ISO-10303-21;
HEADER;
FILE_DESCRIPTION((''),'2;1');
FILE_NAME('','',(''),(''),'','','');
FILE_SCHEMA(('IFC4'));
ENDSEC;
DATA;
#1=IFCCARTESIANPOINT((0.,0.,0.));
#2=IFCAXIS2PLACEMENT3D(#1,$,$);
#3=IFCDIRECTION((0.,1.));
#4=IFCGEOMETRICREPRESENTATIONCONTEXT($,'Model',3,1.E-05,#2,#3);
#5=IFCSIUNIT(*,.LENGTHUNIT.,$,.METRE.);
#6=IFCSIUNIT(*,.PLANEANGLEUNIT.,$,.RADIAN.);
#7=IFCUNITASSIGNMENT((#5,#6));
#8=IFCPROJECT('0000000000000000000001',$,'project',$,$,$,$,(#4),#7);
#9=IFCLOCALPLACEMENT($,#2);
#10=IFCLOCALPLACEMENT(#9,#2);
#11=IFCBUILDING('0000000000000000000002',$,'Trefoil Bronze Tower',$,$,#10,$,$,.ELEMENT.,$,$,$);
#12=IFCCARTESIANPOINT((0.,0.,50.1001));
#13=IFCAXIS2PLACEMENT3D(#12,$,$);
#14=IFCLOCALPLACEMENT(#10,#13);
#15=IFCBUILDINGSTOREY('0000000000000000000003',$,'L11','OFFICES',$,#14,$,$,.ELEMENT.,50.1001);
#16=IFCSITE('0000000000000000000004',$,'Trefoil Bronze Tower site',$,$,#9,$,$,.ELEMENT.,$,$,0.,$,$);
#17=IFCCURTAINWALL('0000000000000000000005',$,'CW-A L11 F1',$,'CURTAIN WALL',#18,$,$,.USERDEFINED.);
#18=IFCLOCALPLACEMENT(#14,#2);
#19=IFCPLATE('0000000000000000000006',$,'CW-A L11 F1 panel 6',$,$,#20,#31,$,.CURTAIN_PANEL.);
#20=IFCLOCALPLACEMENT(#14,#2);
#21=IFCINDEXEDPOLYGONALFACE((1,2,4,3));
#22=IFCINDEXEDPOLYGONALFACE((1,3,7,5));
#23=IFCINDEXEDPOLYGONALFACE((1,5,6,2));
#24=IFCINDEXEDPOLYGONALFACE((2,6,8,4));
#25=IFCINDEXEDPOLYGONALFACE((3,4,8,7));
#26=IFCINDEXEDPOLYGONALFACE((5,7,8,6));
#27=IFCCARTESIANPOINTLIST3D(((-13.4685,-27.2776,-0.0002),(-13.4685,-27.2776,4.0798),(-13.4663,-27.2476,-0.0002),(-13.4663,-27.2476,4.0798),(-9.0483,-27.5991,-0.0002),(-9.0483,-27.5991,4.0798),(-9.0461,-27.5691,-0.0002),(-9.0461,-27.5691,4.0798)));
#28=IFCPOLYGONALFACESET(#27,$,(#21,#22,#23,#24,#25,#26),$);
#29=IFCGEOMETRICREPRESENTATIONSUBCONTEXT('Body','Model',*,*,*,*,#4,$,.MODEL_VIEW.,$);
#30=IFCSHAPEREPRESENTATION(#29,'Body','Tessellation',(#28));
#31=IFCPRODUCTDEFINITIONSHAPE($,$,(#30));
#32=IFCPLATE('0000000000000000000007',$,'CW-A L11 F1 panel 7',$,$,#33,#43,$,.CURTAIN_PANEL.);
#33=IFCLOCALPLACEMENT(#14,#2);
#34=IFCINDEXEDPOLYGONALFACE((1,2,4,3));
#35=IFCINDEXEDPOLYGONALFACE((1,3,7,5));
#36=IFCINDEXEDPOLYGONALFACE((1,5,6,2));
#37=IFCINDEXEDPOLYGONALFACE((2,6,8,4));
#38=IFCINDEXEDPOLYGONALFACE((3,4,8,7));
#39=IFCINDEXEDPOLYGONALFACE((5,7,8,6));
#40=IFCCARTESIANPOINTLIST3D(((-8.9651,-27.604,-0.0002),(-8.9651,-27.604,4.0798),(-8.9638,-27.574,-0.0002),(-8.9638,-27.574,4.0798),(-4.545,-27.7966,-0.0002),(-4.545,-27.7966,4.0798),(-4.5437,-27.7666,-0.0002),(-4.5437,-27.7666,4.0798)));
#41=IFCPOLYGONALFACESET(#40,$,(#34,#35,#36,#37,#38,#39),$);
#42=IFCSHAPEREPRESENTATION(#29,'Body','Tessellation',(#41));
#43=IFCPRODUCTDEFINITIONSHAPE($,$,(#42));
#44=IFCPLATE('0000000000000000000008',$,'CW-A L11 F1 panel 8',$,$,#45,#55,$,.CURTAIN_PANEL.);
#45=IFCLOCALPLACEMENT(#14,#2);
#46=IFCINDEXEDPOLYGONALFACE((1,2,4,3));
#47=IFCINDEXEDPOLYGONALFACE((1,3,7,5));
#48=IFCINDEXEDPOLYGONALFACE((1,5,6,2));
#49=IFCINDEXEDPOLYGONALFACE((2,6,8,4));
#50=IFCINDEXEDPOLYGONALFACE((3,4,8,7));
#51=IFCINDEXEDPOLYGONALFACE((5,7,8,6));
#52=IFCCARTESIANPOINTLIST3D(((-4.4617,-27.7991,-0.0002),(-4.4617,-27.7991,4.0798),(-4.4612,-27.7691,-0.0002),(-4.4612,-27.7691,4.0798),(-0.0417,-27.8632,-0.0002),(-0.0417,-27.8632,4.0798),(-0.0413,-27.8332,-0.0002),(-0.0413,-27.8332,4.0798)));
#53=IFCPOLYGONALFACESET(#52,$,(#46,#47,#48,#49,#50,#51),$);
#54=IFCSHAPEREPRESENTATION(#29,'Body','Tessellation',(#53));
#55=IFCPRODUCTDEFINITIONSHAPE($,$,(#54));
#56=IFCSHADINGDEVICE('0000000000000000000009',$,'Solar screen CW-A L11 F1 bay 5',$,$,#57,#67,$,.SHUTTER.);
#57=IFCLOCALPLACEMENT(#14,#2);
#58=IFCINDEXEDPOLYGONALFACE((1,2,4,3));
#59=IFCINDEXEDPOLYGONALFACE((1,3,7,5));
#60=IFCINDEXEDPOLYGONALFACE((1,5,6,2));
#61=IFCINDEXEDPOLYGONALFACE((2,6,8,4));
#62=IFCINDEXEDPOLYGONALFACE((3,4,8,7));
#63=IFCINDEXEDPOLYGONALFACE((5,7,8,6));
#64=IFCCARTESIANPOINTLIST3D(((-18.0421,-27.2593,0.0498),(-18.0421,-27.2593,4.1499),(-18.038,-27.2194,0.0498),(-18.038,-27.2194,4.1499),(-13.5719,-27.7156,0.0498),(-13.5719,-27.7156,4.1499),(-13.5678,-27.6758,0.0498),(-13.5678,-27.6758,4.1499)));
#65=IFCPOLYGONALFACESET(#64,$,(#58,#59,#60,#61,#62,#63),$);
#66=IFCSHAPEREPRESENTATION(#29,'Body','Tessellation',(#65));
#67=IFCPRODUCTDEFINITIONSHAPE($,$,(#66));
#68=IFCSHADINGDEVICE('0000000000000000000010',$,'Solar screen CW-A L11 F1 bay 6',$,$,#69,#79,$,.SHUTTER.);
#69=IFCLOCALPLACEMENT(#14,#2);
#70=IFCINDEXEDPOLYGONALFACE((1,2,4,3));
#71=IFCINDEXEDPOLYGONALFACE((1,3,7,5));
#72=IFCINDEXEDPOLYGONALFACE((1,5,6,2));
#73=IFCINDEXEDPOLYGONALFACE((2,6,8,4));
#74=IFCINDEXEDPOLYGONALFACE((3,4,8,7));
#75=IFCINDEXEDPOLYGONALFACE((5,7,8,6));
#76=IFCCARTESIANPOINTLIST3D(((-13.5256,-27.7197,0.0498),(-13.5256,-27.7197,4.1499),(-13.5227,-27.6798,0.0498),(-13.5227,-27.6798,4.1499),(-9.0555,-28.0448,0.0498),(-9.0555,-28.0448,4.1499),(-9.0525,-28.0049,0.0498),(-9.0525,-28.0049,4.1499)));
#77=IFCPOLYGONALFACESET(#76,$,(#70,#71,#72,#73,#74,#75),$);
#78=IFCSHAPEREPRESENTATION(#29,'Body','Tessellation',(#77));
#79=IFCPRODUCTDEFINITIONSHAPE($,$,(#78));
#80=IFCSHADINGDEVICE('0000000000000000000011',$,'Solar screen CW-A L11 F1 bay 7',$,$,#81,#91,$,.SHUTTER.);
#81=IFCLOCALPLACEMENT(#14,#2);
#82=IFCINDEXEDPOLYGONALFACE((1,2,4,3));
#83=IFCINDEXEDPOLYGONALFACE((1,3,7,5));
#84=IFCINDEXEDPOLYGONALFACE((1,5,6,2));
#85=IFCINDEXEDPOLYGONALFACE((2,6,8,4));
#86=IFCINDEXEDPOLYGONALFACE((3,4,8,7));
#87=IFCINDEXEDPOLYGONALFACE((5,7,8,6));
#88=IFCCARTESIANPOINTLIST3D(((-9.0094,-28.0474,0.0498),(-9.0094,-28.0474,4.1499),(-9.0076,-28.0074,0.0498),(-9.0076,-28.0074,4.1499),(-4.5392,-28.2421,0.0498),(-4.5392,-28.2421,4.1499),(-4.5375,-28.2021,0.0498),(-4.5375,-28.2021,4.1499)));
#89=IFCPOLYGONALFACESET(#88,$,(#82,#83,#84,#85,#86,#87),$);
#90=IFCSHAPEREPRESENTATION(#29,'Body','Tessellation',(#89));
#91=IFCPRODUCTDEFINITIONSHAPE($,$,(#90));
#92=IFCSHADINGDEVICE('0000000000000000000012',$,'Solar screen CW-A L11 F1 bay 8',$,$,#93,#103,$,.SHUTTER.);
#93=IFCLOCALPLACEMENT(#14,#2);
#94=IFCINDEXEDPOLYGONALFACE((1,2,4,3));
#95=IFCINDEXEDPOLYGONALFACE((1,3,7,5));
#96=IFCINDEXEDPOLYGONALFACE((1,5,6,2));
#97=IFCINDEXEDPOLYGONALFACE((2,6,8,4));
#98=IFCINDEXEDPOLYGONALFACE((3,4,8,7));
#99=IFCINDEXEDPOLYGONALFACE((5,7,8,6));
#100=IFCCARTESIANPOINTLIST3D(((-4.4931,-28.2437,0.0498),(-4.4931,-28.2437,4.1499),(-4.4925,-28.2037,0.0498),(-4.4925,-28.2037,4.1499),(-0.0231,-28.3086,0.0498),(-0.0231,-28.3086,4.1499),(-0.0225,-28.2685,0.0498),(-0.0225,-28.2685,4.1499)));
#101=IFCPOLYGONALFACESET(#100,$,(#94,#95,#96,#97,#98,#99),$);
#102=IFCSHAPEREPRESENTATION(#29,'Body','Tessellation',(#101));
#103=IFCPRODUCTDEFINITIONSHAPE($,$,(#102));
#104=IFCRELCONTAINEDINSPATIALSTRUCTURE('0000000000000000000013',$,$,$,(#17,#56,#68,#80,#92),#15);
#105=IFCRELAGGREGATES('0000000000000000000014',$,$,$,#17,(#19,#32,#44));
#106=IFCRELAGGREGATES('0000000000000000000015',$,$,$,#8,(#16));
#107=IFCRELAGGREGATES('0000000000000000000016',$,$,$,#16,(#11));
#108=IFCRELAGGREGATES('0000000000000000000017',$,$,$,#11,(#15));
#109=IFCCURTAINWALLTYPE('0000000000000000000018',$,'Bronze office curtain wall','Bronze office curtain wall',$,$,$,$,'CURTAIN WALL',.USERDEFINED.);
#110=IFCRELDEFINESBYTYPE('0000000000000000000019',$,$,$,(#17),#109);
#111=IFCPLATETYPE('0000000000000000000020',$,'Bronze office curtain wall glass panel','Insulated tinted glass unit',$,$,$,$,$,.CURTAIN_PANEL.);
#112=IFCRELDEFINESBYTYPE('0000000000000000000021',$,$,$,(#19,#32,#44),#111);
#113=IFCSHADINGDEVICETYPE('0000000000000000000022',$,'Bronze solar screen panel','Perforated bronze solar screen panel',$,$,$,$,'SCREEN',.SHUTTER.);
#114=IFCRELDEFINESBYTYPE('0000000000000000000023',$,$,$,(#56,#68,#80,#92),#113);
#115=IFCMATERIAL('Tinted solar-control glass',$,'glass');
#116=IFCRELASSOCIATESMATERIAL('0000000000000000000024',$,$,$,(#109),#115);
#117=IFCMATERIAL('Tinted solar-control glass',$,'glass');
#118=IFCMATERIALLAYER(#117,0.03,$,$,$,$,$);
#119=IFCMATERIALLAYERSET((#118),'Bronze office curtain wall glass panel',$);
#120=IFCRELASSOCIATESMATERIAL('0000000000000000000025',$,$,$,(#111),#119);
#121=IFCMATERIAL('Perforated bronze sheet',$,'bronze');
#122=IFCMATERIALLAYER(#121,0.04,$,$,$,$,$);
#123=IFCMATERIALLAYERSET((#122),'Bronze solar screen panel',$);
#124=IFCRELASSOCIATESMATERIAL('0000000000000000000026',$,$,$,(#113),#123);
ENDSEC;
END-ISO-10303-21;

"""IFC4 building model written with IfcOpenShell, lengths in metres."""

from ifc_helpers import new_model, si_unit, direction, frame, origin, origin_2d, place, context, subcontext, project, spatial, rectangle, extrude, material, layer, layer_set, type_object, element, aggregate, save


model = new_model("IFC4")

# Units and contexts
model_context = context("Model", 3, precision=1e-05, world=origin(), true_north=direction((0.0, 1.0)))
body_context = subcontext(model_context, "Body", "Model", "MODEL_VIEW")
ifc_project = project(units=[si_unit("LENGTHUNIT", "METRE"), si_unit("PLANEANGLEUNIT", "RADIAN")], contexts=[model_context])

# Site, building, storey
site_placement = place(None, origin())
site = spatial("IfcSite", under=ifc_project, at=site_placement, Name="Trefoil Bronze Tower site", CompositionType="ELEMENT", RefElevation=0.0)
building_placement = place(site_placement, origin())
building = spatial("IfcBuilding", under=site, at=building_placement, Name="Trefoil Bronze Tower", CompositionType="ELEMENT")
storey_placement = place(building_placement, frame((0.0, 0.0, 50.1001)))
storey = spatial("IfcBuildingStorey", under=building, at=storey_placement, Name="L11", Description="OFFICES", CompositionType="ELEMENT", Elevation=50.1001)

# Curtain wall
ifc_material_1 = material(Name="Tinted solar-control glass", Category="glass")
curtain_wall_type = type_object("IfcCurtainWallType", Name="Bronze office curtain wall", Description="Bronze office curtain wall", ElementType="CURTAIN WALL", PredefinedType="USERDEFINED", material=ifc_material_1)
curtain_wall_placement = place(storey_placement, origin())
curtain_wall = element("IfcCurtainWall", 1, at=curtain_wall_placement, inside=storey, type_object=curtain_wall_type, Name="CW-A L11 F1", ObjectType="CURTAIN WALL", PredefinedType="USERDEFINED")

# Plates
ifc_material_2 = material(Name="Tinted solar-control glass", Category="glass")
ifc_layer_1 = layer(ifc_material_2, 0.03)
ifc_layer_set_1 = layer_set([ifc_layer_1], Name="Bronze office curtain wall glass panel")
plate_type = type_object("IfcPlateType", Name="Bronze office curtain wall glass panel", Description="Insulated tinted glass unit", PredefinedType="CURTAIN_PANEL", material=ifc_layer_set_1)
plate_1_placement = place(storey_placement, frame((-11.2573, -27.4233, -0.0002), z_axis=(0.0, 0.0, 1.0), x_axis=(0.997365, -0.072547, 0.0)))
plate_1 = element("IfcPlate", 2, at=plate_1_placement, type_object=plate_type, Name="CW-A L11 F1 panel 6", PredefinedType="CURTAIN_PANEL", context=body_context, shape_type="SweptSolid", body=[
    extrude(rectangle(XDim=4.4319, YDim=0.03, at=origin_2d()), origin(), (0.0, 0.0, 1.0), 4.0801),
])
plate_2_placement = place(storey_placement, frame((-6.7544, -27.6853, -0.0002), z_axis=(0.0, 0.0, 1.0), x_axis=(0.999052, -0.043528, 0.0)))
plate_2 = element("IfcPlate", 3, at=plate_2_placement, type_object=plate_type, Name="CW-A L11 F1 panel 7", PredefinedType="CURTAIN_PANEL", context=body_context, shape_type="SweptSolid", body=[
    extrude(rectangle(XDim=4.4243, YDim=0.03, at=origin_2d()), origin(), (0.0, 0.0, 1.0), 4.0801),
])
plate_3_placement = place(storey_placement, frame((-2.2515, -27.8162, -0.0002), z_axis=(0.0, 0.0, 1.0), x_axis=(0.999895, -0.014509, 0.0)))
plate_3 = element("IfcPlate", 4, at=plate_3_placement, type_object=plate_type, Name="CW-A L11 F1 panel 8", PredefinedType="CURTAIN_PANEL", context=body_context, shape_type="SweptSolid", body=[
    extrude(rectangle(XDim=4.4204, YDim=0.03, at=origin_2d()), origin(), (0.0, 0.0, 1.0), 4.0801),
])
aggregate(curtain_wall, [plate_1, plate_2, plate_3])

# Shading devices
ifc_material_3 = material(Name="Perforated bronze sheet", Category="bronze")
ifc_layer_2 = layer(ifc_material_3, 0.04)
ifc_layer_set_2 = layer_set([ifc_layer_2], Name="Bronze solar screen panel")
shading_device_type = type_object("IfcShadingDeviceType", Name="Bronze solar screen panel", Description="Perforated bronze solar screen panel", ElementType="SCREEN", PredefinedType="SHUTTER", material=ifc_layer_set_2)
shading_device_1_placement = place(storey_placement, frame((-15.8049, -27.4675, 0.0498), z_axis=(0.0, 0.0, 1.0), x_axis=(0.994829, -0.101565, 0.0)))
element("IfcShadingDevice", 5, at=shading_device_1_placement, inside=storey, type_object=shading_device_type, Name="Solar screen CW-A L11 F1 bay 5", PredefinedType="SHUTTER", context=body_context, shape_type="SweptSolid", body=[
    extrude(rectangle(XDim=4.4934, YDim=0.04, at=origin_2d()), origin(), (0.0, 0.0, 1.0), 4.1001),
])
shading_device_2_placement = place(storey_placement, frame((-11.2891, -27.8623, 0.0498), z_axis=(0.0, 0.0, 1.0), x_axis=(0.997365, -0.072547, 0.0)))
element("IfcShadingDevice", 6, at=shading_device_2_placement, inside=storey, type_object=shading_device_type, Name="Solar screen CW-A L11 F1 bay 6", PredefinedType="SHUTTER", context=body_context, shape_type="SweptSolid", body=[
    extrude(rectangle(XDim=4.4819, YDim=0.04, at=origin_2d()), origin(), (0.0, 0.0, 1.0), 4.1001),
])
shading_device_3_placement = place(storey_placement, frame((-6.7734, -28.1248, 0.0498), z_axis=(0.0, 0.0, 1.0), x_axis=(0.999052, -0.043528, 0.0)))
element("IfcShadingDevice", 7, at=shading_device_3_placement, inside=storey, type_object=shading_device_type, Name="Solar screen CW-A L11 F1 bay 7", PredefinedType="SHUTTER", context=body_context, shape_type="SweptSolid", body=[
    extrude(rectangle(XDim=4.4744, YDim=0.04, at=origin_2d()), origin(), (0.0, 0.0, 1.0), 4.1001),
])
shading_device_4_placement = place(storey_placement, frame((-2.2578, -28.2561, 0.0498), z_axis=(0.0, 0.0, 1.0), x_axis=(0.999895, -0.014509, 0.0)))
element("IfcShadingDevice", 8, at=shading_device_4_placement, inside=storey, type_object=shading_device_type, Name="Solar screen CW-A L11 F1 bay 8", PredefinedType="SHUTTER", context=body_context, shape_type="SweptSolid", body=[
    extrude(rectangle(XDim=4.4705, YDim=0.04, at=origin_2d()), origin(), (0.0, 0.0, 1.0), 4.1001),
])

save(model, "model.ifc")
